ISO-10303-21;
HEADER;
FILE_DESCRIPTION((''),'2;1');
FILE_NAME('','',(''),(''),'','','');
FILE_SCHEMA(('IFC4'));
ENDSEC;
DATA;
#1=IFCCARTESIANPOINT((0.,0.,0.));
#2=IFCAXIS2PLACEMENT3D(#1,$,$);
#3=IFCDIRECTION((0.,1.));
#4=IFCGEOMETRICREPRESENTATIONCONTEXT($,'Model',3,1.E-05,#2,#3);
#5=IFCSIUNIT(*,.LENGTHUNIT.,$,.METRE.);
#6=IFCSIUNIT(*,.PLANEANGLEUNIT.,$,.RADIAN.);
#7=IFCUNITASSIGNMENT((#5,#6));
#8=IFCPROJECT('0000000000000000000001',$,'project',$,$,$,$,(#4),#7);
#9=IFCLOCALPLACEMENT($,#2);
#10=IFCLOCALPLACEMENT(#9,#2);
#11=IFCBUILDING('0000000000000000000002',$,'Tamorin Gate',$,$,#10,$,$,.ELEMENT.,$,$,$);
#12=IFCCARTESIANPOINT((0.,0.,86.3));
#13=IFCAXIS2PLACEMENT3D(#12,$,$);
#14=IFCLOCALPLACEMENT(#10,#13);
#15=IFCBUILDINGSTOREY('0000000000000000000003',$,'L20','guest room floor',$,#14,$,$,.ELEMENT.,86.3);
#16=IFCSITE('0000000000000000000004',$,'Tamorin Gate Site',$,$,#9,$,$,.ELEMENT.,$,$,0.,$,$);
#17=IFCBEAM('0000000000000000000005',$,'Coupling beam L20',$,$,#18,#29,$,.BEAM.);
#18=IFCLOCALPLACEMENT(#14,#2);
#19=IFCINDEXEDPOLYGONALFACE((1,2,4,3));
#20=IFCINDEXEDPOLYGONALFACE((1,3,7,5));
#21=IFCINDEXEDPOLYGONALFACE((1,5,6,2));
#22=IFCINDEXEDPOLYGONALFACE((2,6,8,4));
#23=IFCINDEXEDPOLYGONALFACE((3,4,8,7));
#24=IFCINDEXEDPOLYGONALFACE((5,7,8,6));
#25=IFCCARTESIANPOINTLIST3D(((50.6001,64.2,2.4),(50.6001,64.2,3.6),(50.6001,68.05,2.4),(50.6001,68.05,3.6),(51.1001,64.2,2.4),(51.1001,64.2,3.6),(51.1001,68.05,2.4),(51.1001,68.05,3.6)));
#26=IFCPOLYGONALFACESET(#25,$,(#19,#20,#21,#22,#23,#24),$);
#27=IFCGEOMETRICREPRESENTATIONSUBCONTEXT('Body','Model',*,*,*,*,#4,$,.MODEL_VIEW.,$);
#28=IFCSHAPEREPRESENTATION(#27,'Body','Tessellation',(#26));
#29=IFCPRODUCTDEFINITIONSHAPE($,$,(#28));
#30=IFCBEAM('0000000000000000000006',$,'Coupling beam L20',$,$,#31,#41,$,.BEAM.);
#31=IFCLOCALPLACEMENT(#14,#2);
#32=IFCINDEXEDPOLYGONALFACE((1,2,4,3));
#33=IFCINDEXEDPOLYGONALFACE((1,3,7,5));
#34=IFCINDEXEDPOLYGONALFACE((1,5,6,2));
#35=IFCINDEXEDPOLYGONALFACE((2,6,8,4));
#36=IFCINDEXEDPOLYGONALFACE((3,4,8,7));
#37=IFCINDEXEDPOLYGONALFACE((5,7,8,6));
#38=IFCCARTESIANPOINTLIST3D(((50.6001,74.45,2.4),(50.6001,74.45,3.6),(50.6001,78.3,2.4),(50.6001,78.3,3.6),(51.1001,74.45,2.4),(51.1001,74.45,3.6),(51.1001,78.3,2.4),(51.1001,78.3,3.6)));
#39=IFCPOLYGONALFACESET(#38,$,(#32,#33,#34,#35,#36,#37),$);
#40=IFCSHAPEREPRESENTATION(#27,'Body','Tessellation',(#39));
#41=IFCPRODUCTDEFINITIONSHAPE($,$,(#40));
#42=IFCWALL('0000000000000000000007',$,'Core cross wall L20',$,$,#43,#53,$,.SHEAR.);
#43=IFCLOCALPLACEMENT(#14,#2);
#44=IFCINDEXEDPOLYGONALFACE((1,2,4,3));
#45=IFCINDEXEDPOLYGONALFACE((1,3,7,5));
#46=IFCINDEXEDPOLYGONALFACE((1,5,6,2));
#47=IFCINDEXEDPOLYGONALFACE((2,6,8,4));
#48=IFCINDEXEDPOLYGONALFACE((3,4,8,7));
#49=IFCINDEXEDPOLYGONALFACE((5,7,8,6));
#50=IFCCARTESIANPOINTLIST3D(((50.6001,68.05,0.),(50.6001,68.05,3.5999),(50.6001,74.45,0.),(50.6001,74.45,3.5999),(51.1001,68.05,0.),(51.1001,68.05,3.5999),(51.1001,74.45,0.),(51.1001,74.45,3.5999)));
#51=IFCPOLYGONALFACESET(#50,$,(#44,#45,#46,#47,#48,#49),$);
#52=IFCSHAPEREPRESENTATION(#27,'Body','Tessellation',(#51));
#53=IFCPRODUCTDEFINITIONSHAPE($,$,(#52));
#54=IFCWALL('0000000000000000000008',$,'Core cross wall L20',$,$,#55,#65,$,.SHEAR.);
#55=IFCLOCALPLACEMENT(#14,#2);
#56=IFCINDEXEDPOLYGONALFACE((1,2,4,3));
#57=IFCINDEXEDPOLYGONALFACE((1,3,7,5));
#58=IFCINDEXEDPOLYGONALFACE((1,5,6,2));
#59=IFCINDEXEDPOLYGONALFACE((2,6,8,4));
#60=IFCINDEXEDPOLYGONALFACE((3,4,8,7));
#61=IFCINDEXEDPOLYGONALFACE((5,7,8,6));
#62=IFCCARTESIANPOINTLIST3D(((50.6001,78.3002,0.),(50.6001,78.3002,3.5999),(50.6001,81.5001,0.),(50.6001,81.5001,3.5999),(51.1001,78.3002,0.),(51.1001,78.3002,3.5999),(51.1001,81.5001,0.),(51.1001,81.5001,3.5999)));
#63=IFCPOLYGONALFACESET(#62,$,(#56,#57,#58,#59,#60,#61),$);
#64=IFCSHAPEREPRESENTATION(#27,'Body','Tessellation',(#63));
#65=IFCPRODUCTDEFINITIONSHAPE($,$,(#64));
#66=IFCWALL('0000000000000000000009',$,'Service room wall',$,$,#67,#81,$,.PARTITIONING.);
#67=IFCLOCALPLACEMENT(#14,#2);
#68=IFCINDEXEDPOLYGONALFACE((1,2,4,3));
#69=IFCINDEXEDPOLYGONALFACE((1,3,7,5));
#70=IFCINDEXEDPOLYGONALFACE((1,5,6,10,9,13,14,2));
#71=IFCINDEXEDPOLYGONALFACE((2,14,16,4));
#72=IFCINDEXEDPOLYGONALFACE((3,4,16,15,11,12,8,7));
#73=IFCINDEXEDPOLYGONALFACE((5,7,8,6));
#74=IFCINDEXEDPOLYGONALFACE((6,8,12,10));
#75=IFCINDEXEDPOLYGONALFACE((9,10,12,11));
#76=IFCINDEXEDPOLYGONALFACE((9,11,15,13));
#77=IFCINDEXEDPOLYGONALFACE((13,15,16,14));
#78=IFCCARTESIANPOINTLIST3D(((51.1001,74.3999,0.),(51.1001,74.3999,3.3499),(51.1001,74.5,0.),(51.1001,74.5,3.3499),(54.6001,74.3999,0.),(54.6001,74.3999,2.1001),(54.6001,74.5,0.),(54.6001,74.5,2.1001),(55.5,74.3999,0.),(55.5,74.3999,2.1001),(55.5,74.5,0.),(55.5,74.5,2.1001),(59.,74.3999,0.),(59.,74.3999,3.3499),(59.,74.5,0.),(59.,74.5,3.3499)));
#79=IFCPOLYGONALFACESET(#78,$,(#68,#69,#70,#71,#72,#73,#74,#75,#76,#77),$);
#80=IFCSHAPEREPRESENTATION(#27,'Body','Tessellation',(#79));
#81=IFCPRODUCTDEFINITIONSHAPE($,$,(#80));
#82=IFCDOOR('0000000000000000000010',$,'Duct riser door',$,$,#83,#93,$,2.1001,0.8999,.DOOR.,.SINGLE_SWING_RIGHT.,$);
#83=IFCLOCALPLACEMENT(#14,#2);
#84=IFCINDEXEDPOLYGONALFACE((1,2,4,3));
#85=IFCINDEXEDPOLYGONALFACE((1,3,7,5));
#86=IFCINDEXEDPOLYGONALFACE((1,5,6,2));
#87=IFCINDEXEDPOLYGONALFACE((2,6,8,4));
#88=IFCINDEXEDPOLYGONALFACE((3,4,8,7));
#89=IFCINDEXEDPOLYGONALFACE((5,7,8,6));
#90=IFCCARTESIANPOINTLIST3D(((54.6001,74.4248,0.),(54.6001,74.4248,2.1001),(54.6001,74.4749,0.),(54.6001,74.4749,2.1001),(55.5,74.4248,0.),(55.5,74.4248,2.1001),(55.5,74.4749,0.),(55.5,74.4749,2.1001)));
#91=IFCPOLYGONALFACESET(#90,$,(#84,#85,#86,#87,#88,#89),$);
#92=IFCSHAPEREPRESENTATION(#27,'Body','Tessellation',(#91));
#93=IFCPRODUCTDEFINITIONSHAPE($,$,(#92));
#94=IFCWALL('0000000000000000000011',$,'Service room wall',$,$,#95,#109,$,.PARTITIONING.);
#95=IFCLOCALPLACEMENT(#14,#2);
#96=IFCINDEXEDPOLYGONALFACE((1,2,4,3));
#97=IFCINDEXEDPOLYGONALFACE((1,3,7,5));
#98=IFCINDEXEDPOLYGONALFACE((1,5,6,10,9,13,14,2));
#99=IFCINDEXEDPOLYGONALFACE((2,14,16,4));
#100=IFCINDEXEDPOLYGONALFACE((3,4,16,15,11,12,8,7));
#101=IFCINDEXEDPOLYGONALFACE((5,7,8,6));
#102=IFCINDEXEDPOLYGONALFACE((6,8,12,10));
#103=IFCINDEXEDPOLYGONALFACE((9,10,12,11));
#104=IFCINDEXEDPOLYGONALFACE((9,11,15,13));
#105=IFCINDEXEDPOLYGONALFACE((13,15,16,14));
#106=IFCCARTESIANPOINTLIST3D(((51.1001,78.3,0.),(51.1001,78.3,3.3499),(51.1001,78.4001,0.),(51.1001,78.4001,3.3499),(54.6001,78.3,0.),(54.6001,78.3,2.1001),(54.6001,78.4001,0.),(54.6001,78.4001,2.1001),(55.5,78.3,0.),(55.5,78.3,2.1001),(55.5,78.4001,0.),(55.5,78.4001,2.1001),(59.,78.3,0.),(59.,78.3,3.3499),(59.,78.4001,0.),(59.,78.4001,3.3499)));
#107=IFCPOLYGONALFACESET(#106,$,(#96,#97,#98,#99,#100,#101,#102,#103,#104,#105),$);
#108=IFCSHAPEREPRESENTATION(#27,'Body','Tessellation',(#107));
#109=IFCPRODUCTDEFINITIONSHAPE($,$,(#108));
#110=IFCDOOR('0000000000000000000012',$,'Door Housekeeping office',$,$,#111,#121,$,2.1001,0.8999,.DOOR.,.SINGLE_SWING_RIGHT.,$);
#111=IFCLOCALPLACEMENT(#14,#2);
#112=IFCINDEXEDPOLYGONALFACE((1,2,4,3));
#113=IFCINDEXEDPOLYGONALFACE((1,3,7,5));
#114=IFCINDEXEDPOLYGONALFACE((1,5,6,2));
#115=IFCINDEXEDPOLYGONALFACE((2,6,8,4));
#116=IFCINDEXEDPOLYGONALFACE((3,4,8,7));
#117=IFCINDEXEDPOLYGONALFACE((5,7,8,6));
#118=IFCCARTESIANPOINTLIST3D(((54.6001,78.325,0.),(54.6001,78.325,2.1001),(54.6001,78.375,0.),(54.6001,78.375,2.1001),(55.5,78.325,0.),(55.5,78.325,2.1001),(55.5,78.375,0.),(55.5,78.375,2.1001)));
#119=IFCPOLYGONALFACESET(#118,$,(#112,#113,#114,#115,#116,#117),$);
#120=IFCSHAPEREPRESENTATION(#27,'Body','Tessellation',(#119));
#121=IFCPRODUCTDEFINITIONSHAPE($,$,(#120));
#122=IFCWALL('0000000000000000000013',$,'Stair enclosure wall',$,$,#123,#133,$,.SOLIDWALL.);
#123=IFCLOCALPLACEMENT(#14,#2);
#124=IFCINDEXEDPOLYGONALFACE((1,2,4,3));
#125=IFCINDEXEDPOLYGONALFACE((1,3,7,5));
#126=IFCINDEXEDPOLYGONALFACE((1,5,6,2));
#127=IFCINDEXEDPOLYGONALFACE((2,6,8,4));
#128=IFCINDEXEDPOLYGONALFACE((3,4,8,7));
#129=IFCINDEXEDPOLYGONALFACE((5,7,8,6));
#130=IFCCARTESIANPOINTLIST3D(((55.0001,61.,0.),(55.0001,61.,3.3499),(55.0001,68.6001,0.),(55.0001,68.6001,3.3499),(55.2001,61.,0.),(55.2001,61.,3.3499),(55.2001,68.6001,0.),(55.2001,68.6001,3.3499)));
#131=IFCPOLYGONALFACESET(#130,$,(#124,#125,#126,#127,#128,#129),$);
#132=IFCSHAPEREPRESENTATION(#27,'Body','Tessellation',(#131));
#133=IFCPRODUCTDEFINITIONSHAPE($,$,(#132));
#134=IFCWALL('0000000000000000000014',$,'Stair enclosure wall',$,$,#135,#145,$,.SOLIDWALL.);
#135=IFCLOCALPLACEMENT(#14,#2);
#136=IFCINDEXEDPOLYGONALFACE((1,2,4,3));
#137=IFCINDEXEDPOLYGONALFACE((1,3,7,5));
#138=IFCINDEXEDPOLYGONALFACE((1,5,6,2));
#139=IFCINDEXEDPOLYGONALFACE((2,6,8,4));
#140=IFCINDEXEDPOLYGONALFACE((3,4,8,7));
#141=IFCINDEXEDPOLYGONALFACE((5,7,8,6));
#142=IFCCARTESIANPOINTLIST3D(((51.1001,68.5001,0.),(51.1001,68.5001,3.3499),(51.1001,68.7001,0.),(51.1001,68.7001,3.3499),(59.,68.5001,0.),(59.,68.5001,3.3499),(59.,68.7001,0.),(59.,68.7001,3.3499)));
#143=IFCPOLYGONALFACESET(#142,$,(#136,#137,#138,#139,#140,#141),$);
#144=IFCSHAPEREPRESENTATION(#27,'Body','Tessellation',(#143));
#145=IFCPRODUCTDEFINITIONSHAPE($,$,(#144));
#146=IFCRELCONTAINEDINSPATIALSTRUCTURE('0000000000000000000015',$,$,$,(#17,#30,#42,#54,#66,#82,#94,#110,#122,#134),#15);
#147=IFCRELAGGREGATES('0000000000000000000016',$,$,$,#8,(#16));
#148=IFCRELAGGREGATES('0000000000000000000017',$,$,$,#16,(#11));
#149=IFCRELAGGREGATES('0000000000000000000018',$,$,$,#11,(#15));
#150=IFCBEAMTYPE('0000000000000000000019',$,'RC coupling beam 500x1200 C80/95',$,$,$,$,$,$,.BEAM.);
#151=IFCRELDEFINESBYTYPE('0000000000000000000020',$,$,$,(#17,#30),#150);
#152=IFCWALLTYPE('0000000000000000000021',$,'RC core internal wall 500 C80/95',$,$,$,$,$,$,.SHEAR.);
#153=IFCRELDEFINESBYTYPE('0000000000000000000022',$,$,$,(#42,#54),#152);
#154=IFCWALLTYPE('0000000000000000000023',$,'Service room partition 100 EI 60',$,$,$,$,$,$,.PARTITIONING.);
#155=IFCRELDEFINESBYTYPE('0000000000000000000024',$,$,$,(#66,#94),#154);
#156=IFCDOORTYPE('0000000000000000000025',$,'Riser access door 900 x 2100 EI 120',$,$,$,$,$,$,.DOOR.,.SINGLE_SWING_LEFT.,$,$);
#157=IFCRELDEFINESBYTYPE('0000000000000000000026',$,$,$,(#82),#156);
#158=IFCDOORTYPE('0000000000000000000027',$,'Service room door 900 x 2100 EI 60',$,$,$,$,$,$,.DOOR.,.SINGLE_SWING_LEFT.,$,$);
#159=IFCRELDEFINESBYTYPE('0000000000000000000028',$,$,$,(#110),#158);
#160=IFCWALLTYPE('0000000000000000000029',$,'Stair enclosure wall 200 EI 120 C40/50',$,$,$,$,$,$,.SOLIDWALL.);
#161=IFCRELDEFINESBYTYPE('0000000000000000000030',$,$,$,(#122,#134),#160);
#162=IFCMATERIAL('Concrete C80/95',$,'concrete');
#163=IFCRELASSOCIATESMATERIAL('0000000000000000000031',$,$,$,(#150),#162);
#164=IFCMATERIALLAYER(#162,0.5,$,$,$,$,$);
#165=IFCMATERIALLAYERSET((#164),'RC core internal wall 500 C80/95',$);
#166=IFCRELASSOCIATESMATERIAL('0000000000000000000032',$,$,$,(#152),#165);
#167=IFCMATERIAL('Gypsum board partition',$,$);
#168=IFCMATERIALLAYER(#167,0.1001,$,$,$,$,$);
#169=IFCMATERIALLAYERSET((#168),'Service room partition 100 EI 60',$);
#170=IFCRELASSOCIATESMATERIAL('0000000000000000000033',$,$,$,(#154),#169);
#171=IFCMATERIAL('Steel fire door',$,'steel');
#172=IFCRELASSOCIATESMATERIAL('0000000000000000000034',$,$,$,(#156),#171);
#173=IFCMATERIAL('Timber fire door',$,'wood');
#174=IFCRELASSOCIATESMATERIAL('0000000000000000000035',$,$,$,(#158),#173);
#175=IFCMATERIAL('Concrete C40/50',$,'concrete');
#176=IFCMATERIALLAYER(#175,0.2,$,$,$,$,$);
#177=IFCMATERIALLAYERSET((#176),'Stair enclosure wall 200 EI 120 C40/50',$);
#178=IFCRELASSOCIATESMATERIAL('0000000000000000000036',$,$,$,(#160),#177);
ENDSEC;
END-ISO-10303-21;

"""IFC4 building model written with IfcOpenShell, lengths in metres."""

from ifc_helpers import new_model, si_unit, direction, frame, frame_2d, origin, origin_2d, place, context, subcontext, project, spatial, rectangle, extrude, material, layer, layer_set, material_profile, profile_set, type_object, element, fill, save


model = new_model("IFC4")

# Units and contexts
model_context = context("Model", 3, precision=1e-05, world=origin(), true_north=direction((0.0, 1.0)))
body_context = subcontext(model_context, "Body", "Model", "MODEL_VIEW")
ifc_project = project(units=[si_unit("LENGTHUNIT", "METRE"), si_unit("PLANEANGLEUNIT", "RADIAN")], contexts=[model_context])

# Site, building, storey
site_placement = place(None, origin())
site = spatial("IfcSite", under=ifc_project, at=site_placement, Name="Tamorin Gate Site", CompositionType="ELEMENT", RefElevation=0.0)
building_placement = place(site_placement, origin())
building = spatial("IfcBuilding", under=site, at=building_placement, Name="Tamorin Gate", CompositionType="ELEMENT")
storey_placement = place(building_placement, frame((0.0, 0.0, 86.3)))
storey = spatial("IfcBuildingStorey", under=building, at=storey_placement, Name="L20", Description="guest room floor", CompositionType="ELEMENT", Elevation=86.3)

# Beams
ifc_material_1 = material(Name="Concrete C80/95", Category="concrete")
ifc_material_profile = material_profile(ifc_material_1, rectangle(XDim=0.5, YDim=1.2, at=origin_2d()), Name="RC 500x1200")
ifc_profile_set = profile_set([ifc_material_profile], Name="Concrete C80/95")
beam_type = type_object("IfcBeamType", Name="RC coupling beam 500x1200 C80/95", PredefinedType="BEAM", material=ifc_profile_set)
for number, where, z_axis, x_axis, name in (
    (1, (50.8501, 64.2, 3.0), (0.0, 1.0, 0.0), (-1.0, 0.0, 0.0), "Coupling beam L20"),
    (2, (50.8501, 74.45, 3.0), (0.0, 1.0, 0.0), (-1.0, 0.0, 0.0), "Coupling beam L20"),
):
    element("IfcBeam", number, at=place(storey_placement, frame(where, z_axis=z_axis, x_axis=x_axis)), inside=storey, type_object=beam_type, Name=name, PredefinedType="BEAM", context=body_context, shape_type="SweptSolid", body=[
        extrude(rectangle(XDim=0.5, YDim=1.2, at=origin_2d()), origin(), (0.0, 0.0, 1.0), 3.8501),
    ])

# Walls
ifc_layer_1 = layer(ifc_material_1, 0.5)
ifc_layer_set_1 = layer_set([ifc_layer_1], Name="RC core internal wall 500 C80/95")
wall_type_1 = type_object("IfcWallType", Name="RC core internal wall 500 C80/95", PredefinedType="SHEAR", material=ifc_layer_set_1)
wall_1_placement = place(storey_placement, frame((50.8501, 68.05, 0.0), z_axis=(0.0, 0.0, 1.0), x_axis=(0.0, 1.0, 0.0)))
element("IfcWall", 3, at=wall_1_placement, inside=storey, type_object=wall_type_1, Name="Core cross wall L20", PredefinedType="SHEAR", context=body_context, shape_type="SweptSolid", body=[
    extrude(rectangle(XDim=6.3999, YDim=0.5, at=frame_2d((3.2, 0.0))), origin(), (0.0, 0.0, 1.0), 3.5999),
])
wall_2_placement = place(storey_placement, frame((50.8501, 78.3, 0.0), z_axis=(0.0, 0.0, 1.0), x_axis=(0.0, 1.0, 0.0)))
element("IfcWall", 4, at=wall_2_placement, inside=storey, type_object=wall_type_1, Name="Core cross wall L20", PredefinedType="SHEAR", context=body_context, shape_type="SweptSolid", body=[
    extrude(rectangle(XDim=3.2, YDim=0.5, at=frame_2d((1.6001, 0.0))), origin(), (0.0, 0.0, 1.0), 3.5999),
])

# Walls, openings, doors
ifc_material_2 = material(Name="Gypsum board partition")
ifc_layer_2 = layer(ifc_material_2, 0.1001)
ifc_layer_set_2 = layer_set([ifc_layer_2], Name="Service room partition 100 EI 60")
wall_type_2 = type_object("IfcWallType", Name="Service room partition 100 EI 60", PredefinedType="PARTITIONING", material=ifc_layer_set_2)
wall_3_placement = place(storey_placement, frame((51.1001, 74.45, 0.0), z_axis=(0.0, 0.0, 1.0), x_axis=(1.0, 0.0, 0.0)))
wall_3 = element("IfcWall", 5, at=wall_3_placement, inside=storey, type_object=wall_type_2, Name="Service room wall", PredefinedType="PARTITIONING", context=body_context, shape_type="SweptSolid", body=[
    extrude(rectangle(XDim=7.8999, YDim=0.1001, at=frame_2d((3.95, 0.0))), origin(), (0.0, 0.0, 1.0), 3.3499),
])
opening_1_placement = place(wall_3_placement, frame((3.5, 0.0, 0.0)))
opening_1 = element("IfcOpeningElement", 6, at=opening_1_placement, cuts=wall_3, PredefinedType="OPENING", context=body_context, shape_type="SweptSolid", body=[
    extrude(rectangle(XDim=0.8999, YDim=2.1001, at=frame_2d((0.45, 1.05))), frame((0.0, 0.0601, 0.0), z_axis=(0.0, -1.0, 0.0), x_axis=(1.0, 0.0, 0.0)), (0.0, 0.0, 1.0), 0.1201),
])
ifc_material_3 = material(Name="Steel fire door", Category="steel")
door_type_1 = type_object("IfcDoorType", Name="Riser access door 900 x 2100 EI 120", OperationType="SINGLE_SWING_LEFT", PredefinedType="DOOR", material=ifc_material_3)
door_1_placement = place(opening_1_placement, origin())
door_1 = element("IfcDoor", 7, at=door_1_placement, inside=storey, type_object=door_type_1, Name="Duct riser door", OperationType="SINGLE_SWING_RIGHT", OverallHeight=2.1001, OverallWidth=0.8999, PredefinedType="DOOR", context=body_context, shape_type="SweptSolid", body=[
    extrude(rectangle(XDim=0.8999, YDim=2.1001, at=frame_2d((0.45, 1.05))), frame((0.0, 0.0249, 0.0), z_axis=(0.0, -1.0, 0.0), x_axis=(1.0, 0.0, 0.0)), (0.0, 0.0, 1.0), 0.05),
])
fill(opening_1, door_1)
wall_4_placement = place(storey_placement, frame((51.1001, 78.3501, 0.0), z_axis=(0.0, 0.0, 1.0), x_axis=(1.0, 0.0, 0.0)))
wall_4 = element("IfcWall", 8, at=wall_4_placement, inside=storey, type_object=wall_type_2, Name="Service room wall", PredefinedType="PARTITIONING", context=body_context, shape_type="SweptSolid", body=[
    extrude(rectangle(XDim=7.8999, YDim=0.1001, at=frame_2d((3.95, 0.0))), origin(), (0.0, 0.0, 1.0), 3.3499),
])
opening_2_placement = place(wall_4_placement, frame((3.5, 0.0, 0.0)))
opening_2 = element("IfcOpeningElement", 9, at=opening_2_placement, cuts=wall_4, PredefinedType="OPENING", context=body_context, shape_type="SweptSolid", body=[
    extrude(rectangle(XDim=0.8999, YDim=2.1001, at=frame_2d((0.45, 1.05))), frame((0.0, 0.0601, 0.0), z_axis=(0.0, -1.0, 0.0), x_axis=(1.0, 0.0, 0.0)), (0.0, 0.0, 1.0), 0.1201),
])
ifc_material_4 = material(Name="Timber fire door", Category="wood")
door_type_2 = type_object("IfcDoorType", Name="Service room door 900 x 2100 EI 60", OperationType="SINGLE_SWING_LEFT", PredefinedType="DOOR", material=ifc_material_4)
door_2_placement = place(opening_2_placement, origin())
door_2 = element("IfcDoor", 10, at=door_2_placement, inside=storey, type_object=door_type_2, Name="Door Housekeeping office", OperationType="SINGLE_SWING_RIGHT", OverallHeight=2.1001, OverallWidth=0.8999, PredefinedType="DOOR", context=body_context, shape_type="SweptSolid", body=[
    extrude(rectangle(XDim=0.8999, YDim=2.1001, at=frame_2d((0.45, 1.05))), frame((0.0, 0.0249, 0.0), z_axis=(0.0, -1.0, 0.0), x_axis=(1.0, 0.0, 0.0)), (0.0, 0.0, 1.0), 0.05),
])
fill(opening_2, door_2)

# Walls
ifc_material_5 = material(Name="Concrete C40/50", Category="concrete")
ifc_layer_3 = layer(ifc_material_5, 0.2)
ifc_layer_set_3 = layer_set([ifc_layer_3], Name="Stair enclosure wall 200 EI 120 C40/50")
wall_type_3 = type_object("IfcWallType", Name="Stair enclosure wall 200 EI 120 C40/50", PredefinedType="SOLIDWALL", material=ifc_layer_set_3)
wall_5_placement = place(storey_placement, frame((55.1001, 61.0, 0.0), z_axis=(0.0, 0.0, 1.0), x_axis=(0.0, 1.0, 0.0)))
element("IfcWall", 11, at=wall_5_placement, inside=storey, type_object=wall_type_3, Name="Stair enclosure wall", PredefinedType="SOLIDWALL", context=body_context, shape_type="SweptSolid", body=[
    extrude(rectangle(XDim=7.6001, YDim=0.2, at=frame_2d((3.8, 0.0))), origin(), (0.0, 0.0, 1.0), 3.3499),
])
wall_6_placement = place(storey_placement, frame((51.1001, 68.6001, 0.0), z_axis=(0.0, 0.0, 1.0), x_axis=(1.0, 0.0, 0.0)))
element("IfcWall", 12, at=wall_6_placement, inside=storey, type_object=wall_type_3, Name="Stair enclosure wall", PredefinedType="SOLIDWALL", context=body_context, shape_type="SweptSolid", body=[
    extrude(rectangle(XDim=7.8999, YDim=0.2, at=frame_2d((3.95, 0.0))), origin(), (0.0, 0.0, 1.0), 3.3499),
])

save(model, "model.ifc")
